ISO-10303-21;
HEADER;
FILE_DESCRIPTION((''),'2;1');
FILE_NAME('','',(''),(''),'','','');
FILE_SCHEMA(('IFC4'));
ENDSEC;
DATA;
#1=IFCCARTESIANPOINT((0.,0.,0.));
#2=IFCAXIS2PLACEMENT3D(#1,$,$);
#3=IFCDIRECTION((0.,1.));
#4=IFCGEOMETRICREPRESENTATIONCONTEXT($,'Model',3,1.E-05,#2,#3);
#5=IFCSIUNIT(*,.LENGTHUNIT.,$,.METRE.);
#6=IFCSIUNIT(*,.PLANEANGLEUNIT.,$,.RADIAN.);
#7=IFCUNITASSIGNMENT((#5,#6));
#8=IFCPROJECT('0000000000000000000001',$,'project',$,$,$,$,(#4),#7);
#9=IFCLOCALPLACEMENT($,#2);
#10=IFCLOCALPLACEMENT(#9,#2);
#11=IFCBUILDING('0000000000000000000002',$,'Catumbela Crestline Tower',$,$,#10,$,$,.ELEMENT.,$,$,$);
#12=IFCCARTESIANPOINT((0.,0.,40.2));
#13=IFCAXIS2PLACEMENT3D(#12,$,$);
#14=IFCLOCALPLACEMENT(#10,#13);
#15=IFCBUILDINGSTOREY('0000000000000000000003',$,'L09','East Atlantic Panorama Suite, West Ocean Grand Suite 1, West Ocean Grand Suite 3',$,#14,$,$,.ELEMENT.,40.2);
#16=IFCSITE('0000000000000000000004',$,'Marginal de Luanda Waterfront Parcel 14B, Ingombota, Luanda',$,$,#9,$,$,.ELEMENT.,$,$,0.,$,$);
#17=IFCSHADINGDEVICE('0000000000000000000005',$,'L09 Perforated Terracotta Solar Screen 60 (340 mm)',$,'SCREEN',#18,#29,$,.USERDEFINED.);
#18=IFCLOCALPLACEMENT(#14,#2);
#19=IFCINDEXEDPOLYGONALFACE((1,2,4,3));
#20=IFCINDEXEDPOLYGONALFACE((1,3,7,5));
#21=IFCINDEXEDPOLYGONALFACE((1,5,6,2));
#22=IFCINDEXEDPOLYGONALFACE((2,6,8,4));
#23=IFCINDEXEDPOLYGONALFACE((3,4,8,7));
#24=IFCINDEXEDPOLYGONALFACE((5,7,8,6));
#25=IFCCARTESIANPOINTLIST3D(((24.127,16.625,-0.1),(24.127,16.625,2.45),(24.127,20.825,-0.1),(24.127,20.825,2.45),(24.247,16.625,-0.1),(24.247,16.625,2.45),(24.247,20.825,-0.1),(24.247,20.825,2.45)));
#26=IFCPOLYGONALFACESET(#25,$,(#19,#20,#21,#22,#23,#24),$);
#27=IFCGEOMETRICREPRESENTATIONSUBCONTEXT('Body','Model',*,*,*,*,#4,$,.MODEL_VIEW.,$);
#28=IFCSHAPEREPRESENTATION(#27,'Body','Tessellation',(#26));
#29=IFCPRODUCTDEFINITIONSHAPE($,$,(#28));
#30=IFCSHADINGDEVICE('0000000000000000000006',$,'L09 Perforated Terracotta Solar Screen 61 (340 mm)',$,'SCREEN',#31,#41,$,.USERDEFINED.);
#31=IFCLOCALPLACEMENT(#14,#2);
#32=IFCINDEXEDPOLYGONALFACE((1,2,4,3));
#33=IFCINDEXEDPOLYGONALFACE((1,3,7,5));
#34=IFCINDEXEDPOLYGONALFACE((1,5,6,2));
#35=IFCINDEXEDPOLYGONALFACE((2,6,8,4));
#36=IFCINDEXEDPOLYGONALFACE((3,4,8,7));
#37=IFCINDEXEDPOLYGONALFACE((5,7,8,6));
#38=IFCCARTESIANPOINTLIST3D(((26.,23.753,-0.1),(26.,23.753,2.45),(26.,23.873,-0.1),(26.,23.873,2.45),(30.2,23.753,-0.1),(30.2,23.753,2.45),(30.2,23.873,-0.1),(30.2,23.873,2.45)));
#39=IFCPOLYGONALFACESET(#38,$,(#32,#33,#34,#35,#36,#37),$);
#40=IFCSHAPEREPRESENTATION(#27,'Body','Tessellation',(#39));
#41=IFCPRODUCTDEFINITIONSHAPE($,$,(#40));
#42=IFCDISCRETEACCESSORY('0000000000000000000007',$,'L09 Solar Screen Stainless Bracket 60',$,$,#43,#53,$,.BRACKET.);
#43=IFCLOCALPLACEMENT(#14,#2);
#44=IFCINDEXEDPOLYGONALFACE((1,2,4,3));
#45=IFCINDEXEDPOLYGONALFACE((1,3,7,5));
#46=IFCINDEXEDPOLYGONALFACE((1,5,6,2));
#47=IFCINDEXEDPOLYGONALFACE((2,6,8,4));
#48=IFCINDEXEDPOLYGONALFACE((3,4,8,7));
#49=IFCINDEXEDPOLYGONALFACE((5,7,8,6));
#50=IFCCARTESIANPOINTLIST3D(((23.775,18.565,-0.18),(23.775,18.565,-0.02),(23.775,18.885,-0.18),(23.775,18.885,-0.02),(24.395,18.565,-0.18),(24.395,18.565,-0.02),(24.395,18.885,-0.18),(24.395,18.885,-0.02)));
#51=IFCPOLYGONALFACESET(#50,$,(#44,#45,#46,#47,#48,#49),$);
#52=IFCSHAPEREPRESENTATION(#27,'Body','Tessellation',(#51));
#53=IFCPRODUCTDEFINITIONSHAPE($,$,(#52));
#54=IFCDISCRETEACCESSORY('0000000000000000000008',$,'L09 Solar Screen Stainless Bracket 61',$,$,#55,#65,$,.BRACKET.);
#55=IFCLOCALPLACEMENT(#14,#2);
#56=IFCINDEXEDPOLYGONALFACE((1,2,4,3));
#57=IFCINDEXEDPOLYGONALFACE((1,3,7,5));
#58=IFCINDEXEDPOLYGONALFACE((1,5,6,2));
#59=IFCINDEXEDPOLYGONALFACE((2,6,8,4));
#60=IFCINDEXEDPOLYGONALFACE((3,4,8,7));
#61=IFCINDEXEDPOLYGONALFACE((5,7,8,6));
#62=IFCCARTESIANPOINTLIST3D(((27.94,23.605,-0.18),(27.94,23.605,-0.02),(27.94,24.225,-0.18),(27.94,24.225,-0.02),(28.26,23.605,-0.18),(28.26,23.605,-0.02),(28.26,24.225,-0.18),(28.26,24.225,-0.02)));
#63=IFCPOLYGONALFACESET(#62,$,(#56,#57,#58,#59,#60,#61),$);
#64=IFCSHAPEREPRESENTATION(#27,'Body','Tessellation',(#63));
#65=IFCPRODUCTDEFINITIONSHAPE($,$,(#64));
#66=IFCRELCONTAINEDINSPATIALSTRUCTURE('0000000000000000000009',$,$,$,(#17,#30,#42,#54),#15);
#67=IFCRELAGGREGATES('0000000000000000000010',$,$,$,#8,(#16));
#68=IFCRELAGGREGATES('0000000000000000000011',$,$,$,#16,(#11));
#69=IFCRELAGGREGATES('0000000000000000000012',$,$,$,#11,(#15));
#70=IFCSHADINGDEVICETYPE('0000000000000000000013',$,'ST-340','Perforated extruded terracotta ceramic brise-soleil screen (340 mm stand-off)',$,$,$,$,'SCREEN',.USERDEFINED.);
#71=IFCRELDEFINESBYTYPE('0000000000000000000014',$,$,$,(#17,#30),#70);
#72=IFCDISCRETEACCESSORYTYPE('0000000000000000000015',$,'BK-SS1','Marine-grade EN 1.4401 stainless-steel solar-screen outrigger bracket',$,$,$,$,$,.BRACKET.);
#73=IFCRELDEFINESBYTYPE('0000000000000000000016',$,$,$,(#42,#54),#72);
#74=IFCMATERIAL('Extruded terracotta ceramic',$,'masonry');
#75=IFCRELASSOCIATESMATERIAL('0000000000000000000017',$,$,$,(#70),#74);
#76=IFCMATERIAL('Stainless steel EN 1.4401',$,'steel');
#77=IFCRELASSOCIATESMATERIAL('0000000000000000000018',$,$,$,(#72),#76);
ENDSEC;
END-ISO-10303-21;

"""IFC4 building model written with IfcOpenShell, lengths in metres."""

from ifc_helpers import new_model, si_unit, direction, frame, origin, origin_2d, place, context, subcontext, project, spatial, rectangle, extrude, material, type_object, element, save


model = new_model("IFC4")

# Units and contexts
model_context = context("Model", 3, precision=1e-05, world=origin(), true_north=direction((0.0, 1.0)))
body_context = subcontext(model_context, "Body", "Model", "MODEL_VIEW")
ifc_project = project(units=[si_unit("LENGTHUNIT", "METRE"), si_unit("PLANEANGLEUNIT", "RADIAN")], contexts=[model_context])

# Site, building, storey
site_placement = place(None, origin())
site = spatial("IfcSite", under=ifc_project, at=site_placement, Name="Marginal de Luanda Waterfront Parcel 14B, Ingombota, Luanda", CompositionType="ELEMENT", RefElevation=0.0)
building_placement = place(site_placement, origin())
building = spatial("IfcBuilding", under=site, at=building_placement, Name="Catumbela Crestline Tower", CompositionType="ELEMENT")
storey_placement = place(building_placement, frame((0.0, 0.0, 40.2)))
storey = spatial("IfcBuildingStorey", under=building, at=storey_placement, Name="L09", Description="East Atlantic Panorama Suite, West Ocean Grand Suite 1, West Ocean Grand Suite 3", CompositionType="ELEMENT", Elevation=40.2)

# Shared definitions
ifc_material_1 = material(Name="Stainless steel EN 1.4401", Category="steel")

# Shading devices
ifc_material_2 = material(Name="Extruded terracotta ceramic", Category="masonry")
shading_device_type = type_object("IfcShadingDeviceType", Name="ST-340", Description="Perforated extruded terracotta ceramic brise-soleil screen (340 mm stand-off)", ElementType="SCREEN", PredefinedType="USERDEFINED", material=ifc_material_2)
for number, where, z_axis, x_axis, name in (
    (1, (24.187, 18.725, -0.1), (0.0, 0.0, 1.0), (0.0, 1.0, 0.0), "L09 Perforated Terracotta Solar Screen 60 (340 mm)"),
    (2, (28.1, 23.813, -0.1), (0.0, 0.0, 1.0), (1.0, 0.0, 0.0), "L09 Perforated Terracotta Solar Screen 61 (340 mm)"),
):
    element("IfcShadingDevice", number, at=place(storey_placement, frame(where, z_axis=z_axis, x_axis=x_axis)), inside=storey, type_object=shading_device_type, Name=name, ObjectType="SCREEN", PredefinedType="USERDEFINED", context=body_context, shape_type="SweptSolid", body=[
        extrude(rectangle(XDim=4.2, YDim=0.12, at=origin_2d()), origin(), (0.0, 0.0, 1.0), 2.55),
    ])

# Discrete accessories
discrete_accessory_type = type_object("IfcDiscreteAccessoryType", Name="BK-SS1", Description="Marine-grade EN 1.4401 stainless-steel solar-screen outrigger bracket", PredefinedType="BRACKET", material=ifc_material_1)
for number, where, z_axis, x_axis, name in (
    (3, (24.085, 18.725, -0.18), (0.0, 0.0, 1.0), (0.0, 1.0, 0.0), "L09 Solar Screen Stainless Bracket 60"),
    (4, (28.1, 23.915, -0.18), (0.0, 0.0, 1.0), (1.0, 0.0, 0.0), "L09 Solar Screen Stainless Bracket 61"),
):
    element("IfcDiscreteAccessory", number, at=place(storey_placement, frame(where, z_axis=z_axis, x_axis=x_axis)), inside=storey, type_object=discrete_accessory_type, Name=name, PredefinedType="BRACKET", context=body_context, shape_type="SweptSolid", body=[
        extrude(rectangle(XDim=0.32, YDim=0.62, at=origin_2d()), origin(), (0.0, 0.0, 1.0), 0.16),
    ])

save(model, "model.ifc")
